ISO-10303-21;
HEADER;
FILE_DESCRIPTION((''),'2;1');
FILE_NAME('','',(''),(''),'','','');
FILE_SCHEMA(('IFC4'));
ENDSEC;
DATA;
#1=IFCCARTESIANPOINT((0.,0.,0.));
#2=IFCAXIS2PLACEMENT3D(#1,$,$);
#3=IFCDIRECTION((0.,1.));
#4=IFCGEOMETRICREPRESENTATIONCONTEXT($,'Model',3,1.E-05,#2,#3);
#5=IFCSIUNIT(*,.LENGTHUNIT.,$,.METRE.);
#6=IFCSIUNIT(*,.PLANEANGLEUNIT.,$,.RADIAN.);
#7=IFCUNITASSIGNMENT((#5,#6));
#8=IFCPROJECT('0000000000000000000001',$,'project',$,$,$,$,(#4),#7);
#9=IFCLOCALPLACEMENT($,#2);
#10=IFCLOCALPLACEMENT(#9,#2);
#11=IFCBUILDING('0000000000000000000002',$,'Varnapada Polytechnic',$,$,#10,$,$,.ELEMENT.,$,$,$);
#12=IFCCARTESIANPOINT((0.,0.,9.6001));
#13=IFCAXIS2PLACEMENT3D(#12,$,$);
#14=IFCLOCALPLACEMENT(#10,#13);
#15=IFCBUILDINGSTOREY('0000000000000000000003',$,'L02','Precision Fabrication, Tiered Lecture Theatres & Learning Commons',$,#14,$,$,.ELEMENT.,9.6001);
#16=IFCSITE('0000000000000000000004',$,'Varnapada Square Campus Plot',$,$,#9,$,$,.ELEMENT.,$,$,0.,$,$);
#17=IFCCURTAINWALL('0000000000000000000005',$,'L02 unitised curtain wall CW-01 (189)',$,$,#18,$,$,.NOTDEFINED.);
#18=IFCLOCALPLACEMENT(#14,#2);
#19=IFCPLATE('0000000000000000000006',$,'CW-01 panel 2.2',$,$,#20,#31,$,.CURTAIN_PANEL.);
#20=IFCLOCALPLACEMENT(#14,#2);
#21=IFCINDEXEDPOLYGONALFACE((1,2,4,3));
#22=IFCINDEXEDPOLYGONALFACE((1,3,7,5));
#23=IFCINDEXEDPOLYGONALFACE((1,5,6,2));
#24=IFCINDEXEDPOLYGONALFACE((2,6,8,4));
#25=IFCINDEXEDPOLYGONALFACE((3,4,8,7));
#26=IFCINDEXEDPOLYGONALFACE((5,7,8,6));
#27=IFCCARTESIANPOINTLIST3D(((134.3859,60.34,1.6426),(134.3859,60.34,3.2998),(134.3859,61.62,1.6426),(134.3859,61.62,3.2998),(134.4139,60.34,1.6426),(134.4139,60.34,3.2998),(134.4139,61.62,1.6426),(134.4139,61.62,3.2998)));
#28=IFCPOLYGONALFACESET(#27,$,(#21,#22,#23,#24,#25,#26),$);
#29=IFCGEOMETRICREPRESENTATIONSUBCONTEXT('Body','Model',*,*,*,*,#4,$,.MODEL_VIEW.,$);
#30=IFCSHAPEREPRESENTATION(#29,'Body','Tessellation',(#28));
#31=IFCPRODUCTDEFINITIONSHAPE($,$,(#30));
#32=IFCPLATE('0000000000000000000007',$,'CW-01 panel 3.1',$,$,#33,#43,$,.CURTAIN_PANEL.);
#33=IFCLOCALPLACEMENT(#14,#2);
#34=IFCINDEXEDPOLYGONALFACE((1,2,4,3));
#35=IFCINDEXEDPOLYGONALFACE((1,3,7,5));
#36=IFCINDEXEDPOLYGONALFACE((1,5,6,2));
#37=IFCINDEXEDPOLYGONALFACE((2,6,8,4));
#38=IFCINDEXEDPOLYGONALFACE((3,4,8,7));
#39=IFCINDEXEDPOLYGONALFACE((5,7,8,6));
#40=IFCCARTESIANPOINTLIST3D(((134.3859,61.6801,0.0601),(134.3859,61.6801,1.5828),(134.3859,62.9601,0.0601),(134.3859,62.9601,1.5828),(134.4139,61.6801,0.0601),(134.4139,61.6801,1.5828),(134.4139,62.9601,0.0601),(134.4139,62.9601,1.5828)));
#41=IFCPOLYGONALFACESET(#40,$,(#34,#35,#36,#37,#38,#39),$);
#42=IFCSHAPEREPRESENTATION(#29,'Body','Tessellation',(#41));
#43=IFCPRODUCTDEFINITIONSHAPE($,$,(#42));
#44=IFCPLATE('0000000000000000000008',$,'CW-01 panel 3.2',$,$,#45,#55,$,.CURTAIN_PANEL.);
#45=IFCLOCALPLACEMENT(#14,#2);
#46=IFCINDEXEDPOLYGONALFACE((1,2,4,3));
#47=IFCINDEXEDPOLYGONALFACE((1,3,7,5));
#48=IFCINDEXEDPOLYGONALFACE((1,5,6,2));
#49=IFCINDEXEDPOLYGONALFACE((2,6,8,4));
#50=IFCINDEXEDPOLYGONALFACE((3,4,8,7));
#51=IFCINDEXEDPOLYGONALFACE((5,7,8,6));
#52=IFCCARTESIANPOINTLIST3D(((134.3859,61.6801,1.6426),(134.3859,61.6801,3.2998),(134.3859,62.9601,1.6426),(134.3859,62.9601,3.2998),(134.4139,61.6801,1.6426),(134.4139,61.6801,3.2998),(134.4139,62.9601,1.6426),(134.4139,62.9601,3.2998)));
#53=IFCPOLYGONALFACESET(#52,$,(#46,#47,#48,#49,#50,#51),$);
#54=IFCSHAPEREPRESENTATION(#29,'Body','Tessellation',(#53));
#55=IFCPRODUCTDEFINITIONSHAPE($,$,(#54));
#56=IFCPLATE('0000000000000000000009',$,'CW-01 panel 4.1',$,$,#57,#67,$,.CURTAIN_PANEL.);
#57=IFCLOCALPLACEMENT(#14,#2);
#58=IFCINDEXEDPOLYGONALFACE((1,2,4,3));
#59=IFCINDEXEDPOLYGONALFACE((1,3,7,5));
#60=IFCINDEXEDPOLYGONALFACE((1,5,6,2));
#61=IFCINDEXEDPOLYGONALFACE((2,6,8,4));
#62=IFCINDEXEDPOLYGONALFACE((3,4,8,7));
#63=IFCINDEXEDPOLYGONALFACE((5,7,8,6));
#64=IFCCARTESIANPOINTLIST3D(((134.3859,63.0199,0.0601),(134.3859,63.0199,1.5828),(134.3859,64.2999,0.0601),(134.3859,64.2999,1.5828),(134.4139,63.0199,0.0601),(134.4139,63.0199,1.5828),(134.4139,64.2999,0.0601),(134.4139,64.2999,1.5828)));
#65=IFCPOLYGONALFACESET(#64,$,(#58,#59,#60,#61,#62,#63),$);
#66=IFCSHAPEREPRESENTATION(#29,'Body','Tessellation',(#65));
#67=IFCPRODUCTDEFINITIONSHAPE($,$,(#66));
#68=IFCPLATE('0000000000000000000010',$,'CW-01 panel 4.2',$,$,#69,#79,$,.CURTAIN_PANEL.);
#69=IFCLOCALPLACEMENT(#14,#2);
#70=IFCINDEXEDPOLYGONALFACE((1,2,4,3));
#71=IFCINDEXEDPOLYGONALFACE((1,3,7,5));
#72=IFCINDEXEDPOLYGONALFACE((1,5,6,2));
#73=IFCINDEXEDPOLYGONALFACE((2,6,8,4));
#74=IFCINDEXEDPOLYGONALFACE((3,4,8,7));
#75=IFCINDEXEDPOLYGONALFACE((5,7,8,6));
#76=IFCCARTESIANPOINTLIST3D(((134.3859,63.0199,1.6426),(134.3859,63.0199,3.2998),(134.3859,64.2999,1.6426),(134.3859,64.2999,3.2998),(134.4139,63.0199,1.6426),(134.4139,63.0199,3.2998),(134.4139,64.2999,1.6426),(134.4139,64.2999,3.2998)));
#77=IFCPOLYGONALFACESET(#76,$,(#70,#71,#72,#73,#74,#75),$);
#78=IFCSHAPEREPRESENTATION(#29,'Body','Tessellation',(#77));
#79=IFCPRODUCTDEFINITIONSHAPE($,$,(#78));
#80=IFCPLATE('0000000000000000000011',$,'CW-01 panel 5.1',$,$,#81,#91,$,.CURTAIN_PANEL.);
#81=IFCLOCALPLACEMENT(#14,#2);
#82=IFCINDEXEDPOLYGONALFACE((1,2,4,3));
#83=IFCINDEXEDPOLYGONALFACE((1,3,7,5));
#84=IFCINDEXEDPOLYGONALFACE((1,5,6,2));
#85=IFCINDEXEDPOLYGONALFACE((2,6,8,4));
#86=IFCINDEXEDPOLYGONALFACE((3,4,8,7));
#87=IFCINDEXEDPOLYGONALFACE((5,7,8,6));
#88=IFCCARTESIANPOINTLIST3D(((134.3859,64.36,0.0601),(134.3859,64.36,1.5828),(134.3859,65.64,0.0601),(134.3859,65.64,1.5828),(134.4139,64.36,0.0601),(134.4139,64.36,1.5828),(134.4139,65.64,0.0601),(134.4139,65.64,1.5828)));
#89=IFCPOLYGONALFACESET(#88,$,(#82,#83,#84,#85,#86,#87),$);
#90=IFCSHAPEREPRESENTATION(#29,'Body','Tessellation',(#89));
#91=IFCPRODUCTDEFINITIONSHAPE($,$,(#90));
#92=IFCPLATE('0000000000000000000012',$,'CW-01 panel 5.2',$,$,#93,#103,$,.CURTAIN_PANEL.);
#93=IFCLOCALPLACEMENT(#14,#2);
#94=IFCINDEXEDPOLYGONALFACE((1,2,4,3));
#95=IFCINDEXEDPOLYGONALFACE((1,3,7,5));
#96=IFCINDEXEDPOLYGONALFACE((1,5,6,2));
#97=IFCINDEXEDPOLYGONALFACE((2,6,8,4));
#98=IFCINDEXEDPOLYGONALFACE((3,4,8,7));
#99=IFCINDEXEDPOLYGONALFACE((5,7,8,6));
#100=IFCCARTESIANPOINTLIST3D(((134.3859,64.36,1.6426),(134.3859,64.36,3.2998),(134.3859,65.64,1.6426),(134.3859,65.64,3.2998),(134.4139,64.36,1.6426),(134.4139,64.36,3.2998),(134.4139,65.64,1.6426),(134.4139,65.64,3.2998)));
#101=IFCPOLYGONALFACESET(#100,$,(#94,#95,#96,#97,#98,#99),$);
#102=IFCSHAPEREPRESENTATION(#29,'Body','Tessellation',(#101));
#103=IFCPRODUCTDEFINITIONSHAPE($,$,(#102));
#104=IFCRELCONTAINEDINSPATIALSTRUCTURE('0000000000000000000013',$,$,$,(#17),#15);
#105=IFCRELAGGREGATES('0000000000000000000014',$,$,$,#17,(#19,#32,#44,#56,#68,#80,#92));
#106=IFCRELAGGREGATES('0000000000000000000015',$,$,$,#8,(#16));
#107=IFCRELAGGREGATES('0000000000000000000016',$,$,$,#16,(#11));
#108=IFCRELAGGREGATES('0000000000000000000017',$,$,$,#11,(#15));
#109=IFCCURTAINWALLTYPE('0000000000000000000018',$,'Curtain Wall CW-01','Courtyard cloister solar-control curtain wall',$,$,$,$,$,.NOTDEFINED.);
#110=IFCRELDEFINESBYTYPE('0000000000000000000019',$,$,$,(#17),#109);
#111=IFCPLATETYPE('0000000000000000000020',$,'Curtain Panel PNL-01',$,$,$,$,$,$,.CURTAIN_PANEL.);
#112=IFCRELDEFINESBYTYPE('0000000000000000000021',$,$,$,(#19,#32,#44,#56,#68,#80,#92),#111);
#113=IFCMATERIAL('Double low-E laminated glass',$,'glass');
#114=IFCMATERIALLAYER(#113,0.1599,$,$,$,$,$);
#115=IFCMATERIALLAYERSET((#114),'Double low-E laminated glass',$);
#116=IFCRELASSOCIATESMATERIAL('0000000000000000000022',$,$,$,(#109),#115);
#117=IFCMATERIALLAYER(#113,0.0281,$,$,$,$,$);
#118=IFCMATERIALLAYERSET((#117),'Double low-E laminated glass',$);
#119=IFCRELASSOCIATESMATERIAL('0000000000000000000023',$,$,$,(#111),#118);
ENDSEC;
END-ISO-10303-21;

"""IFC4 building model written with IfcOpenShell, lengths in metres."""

from ifc_helpers import new_model, si_unit, direction, frame, origin, origin_2d, place, context, subcontext, project, spatial, rectangle, extrude, material, layer, layer_set, type_object, element, aggregate, save


model = new_model("IFC4")

# Units and contexts
model_context = context("Model", 3, precision=1e-05, world=origin(), true_north=direction((0.0, 1.0)))
body_context = subcontext(model_context, "Body", "Model", "MODEL_VIEW")
ifc_project = project(units=[si_unit("LENGTHUNIT", "METRE"), si_unit("PLANEANGLEUNIT", "RADIAN")], contexts=[model_context])

# Site, building, storey
site_placement = place(None, origin())
site = spatial("IfcSite", under=ifc_project, at=site_placement, Name="Varnapada Square Campus Plot", CompositionType="ELEMENT", RefElevation=0.0)
building_placement = place(site_placement, origin())
building = spatial("IfcBuilding", under=site, at=building_placement, Name="Varnapada Polytechnic", CompositionType="ELEMENT")
storey_placement = place(building_placement, frame((0.0, 0.0, 9.6001)))
storey = spatial("IfcBuildingStorey", under=building, at=storey_placement, Name="L02", Description="Precision Fabrication, Tiered Lecture Theatres & Learning Commons", CompositionType="ELEMENT", Elevation=9.6001)

# Curtain wall, plates
ifc_material_1 = material(Name="Double low-E laminated glass", Category="glass")
ifc_layer_1 = layer(ifc_material_1, 0.1599)
ifc_layer_set_1 = layer_set([ifc_layer_1], Name="Double low-E laminated glass")
curtain_wall_type = type_object("IfcCurtainWallType", Name="Curtain Wall CW-01", Description="Courtyard cloister solar-control curtain wall", PredefinedType="NOTDEFINED", material=ifc_layer_set_1)
curtain_wall_placement = place(storey_placement, origin())
curtain_wall = element("IfcCurtainWall", 1, at=curtain_wall_placement, inside=storey, type_object=curtain_wall_type, Name="L02 unitised curtain wall CW-01 (189)", PredefinedType="NOTDEFINED")
ifc_layer_2 = layer(ifc_material_1, 0.0281)
ifc_layer_set_2 = layer_set([ifc_layer_2], Name="Double low-E laminated glass")
plate_type = type_object("IfcPlateType", Name="Curtain Panel PNL-01", PredefinedType="CURTAIN_PANEL", material=ifc_layer_set_2)
plate_1_placement = place(storey_placement, frame((134.3999, 60.98, 1.6426), z_axis=(0.0, 0.0, 1.0), x_axis=(0.0, 1.0, 0.0)))
plate_1 = element("IfcPlate", 2, at=plate_1_placement, type_object=plate_type, Name="CW-01 panel 2.2", PredefinedType="CURTAIN_PANEL", context=body_context, shape_type="SweptSolid", body=[
    extrude(rectangle(XDim=1.28, YDim=0.0281, at=origin_2d()), origin(), (0.0, 0.0, 1.0), 1.6572),
])
plate_2_placement = place(storey_placement, frame((134.3999, 62.3201, 0.0601), z_axis=(0.0, 0.0, 1.0), x_axis=(0.0, 1.0, 0.0)))
plate_2 = element("IfcPlate", 3, at=plate_2_placement, type_object=plate_type, Name="CW-01 panel 3.1", PredefinedType="CURTAIN_PANEL", context=body_context, shape_type="SweptSolid", body=[
    extrude(rectangle(XDim=1.28, YDim=0.0281, at=origin_2d()), origin(), (0.0, 0.0, 1.0), 1.5227),
])
plate_3_placement = place(storey_placement, frame((134.3999, 62.3201, 1.6426), z_axis=(0.0, 0.0, 1.0), x_axis=(0.0, 1.0, 0.0)))
plate_3 = element("IfcPlate", 4, at=plate_3_placement, type_object=plate_type, Name="CW-01 panel 3.2", PredefinedType="CURTAIN_PANEL", context=body_context, shape_type="SweptSolid", body=[
    extrude(rectangle(XDim=1.28, YDim=0.0281, at=origin_2d()), origin(), (0.0, 0.0, 1.0), 1.6572),
])
plate_4_placement = place(storey_placement, frame((134.3999, 63.6599, 0.0601), z_axis=(0.0, 0.0, 1.0), x_axis=(0.0, 1.0, 0.0)))
plate_4 = element("IfcPlate", 5, at=plate_4_placement, type_object=plate_type, Name="CW-01 panel 4.1", PredefinedType="CURTAIN_PANEL", context=body_context, shape_type="SweptSolid", body=[
    extrude(rectangle(XDim=1.28, YDim=0.0281, at=origin_2d()), origin(), (0.0, 0.0, 1.0), 1.5227),
])
plate_5_placement = place(storey_placement, frame((134.3999, 63.6599, 1.6426), z_axis=(0.0, 0.0, 1.0), x_axis=(0.0, 1.0, 0.0)))
plate_5 = element("IfcPlate", 6, at=plate_5_placement, type_object=plate_type, Name="CW-01 panel 4.2", PredefinedType="CURTAIN_PANEL", context=body_context, shape_type="SweptSolid", body=[
    extrude(rectangle(XDim=1.28, YDim=0.0281, at=origin_2d()), origin(), (0.0, 0.0, 1.0), 1.6572),
])
plate_6_placement = place(storey_placement, frame((134.3999, 65.0, 0.0601), z_axis=(0.0, 0.0, 1.0), x_axis=(0.0, 1.0, 0.0)))
plate_6 = element("IfcPlate", 7, at=plate_6_placement, type_object=plate_type, Name="CW-01 panel 5.1", PredefinedType="CURTAIN_PANEL", context=body_context, shape_type="SweptSolid", body=[
    extrude(rectangle(XDim=1.28, YDim=0.0281, at=origin_2d()), origin(), (0.0, 0.0, 1.0), 1.5227),
])
plate_7_placement = place(storey_placement, frame((134.3999, 65.0, 1.6426), z_axis=(0.0, 0.0, 1.0), x_axis=(0.0, 1.0, 0.0)))
plate_7 = element("IfcPlate", 8, at=plate_7_placement, type_object=plate_type, Name="CW-01 panel 5.2", PredefinedType="CURTAIN_PANEL", context=body_context, shape_type="SweptSolid", body=[
    extrude(rectangle(XDim=1.28, YDim=0.0281, at=origin_2d()), origin(), (0.0, 0.0, 1.0), 1.6572),
])
aggregate(curtain_wall, [plate_1, plate_2, plate_3, plate_4, plate_5, plate_6, plate_7])

save(model, "model.ifc")
